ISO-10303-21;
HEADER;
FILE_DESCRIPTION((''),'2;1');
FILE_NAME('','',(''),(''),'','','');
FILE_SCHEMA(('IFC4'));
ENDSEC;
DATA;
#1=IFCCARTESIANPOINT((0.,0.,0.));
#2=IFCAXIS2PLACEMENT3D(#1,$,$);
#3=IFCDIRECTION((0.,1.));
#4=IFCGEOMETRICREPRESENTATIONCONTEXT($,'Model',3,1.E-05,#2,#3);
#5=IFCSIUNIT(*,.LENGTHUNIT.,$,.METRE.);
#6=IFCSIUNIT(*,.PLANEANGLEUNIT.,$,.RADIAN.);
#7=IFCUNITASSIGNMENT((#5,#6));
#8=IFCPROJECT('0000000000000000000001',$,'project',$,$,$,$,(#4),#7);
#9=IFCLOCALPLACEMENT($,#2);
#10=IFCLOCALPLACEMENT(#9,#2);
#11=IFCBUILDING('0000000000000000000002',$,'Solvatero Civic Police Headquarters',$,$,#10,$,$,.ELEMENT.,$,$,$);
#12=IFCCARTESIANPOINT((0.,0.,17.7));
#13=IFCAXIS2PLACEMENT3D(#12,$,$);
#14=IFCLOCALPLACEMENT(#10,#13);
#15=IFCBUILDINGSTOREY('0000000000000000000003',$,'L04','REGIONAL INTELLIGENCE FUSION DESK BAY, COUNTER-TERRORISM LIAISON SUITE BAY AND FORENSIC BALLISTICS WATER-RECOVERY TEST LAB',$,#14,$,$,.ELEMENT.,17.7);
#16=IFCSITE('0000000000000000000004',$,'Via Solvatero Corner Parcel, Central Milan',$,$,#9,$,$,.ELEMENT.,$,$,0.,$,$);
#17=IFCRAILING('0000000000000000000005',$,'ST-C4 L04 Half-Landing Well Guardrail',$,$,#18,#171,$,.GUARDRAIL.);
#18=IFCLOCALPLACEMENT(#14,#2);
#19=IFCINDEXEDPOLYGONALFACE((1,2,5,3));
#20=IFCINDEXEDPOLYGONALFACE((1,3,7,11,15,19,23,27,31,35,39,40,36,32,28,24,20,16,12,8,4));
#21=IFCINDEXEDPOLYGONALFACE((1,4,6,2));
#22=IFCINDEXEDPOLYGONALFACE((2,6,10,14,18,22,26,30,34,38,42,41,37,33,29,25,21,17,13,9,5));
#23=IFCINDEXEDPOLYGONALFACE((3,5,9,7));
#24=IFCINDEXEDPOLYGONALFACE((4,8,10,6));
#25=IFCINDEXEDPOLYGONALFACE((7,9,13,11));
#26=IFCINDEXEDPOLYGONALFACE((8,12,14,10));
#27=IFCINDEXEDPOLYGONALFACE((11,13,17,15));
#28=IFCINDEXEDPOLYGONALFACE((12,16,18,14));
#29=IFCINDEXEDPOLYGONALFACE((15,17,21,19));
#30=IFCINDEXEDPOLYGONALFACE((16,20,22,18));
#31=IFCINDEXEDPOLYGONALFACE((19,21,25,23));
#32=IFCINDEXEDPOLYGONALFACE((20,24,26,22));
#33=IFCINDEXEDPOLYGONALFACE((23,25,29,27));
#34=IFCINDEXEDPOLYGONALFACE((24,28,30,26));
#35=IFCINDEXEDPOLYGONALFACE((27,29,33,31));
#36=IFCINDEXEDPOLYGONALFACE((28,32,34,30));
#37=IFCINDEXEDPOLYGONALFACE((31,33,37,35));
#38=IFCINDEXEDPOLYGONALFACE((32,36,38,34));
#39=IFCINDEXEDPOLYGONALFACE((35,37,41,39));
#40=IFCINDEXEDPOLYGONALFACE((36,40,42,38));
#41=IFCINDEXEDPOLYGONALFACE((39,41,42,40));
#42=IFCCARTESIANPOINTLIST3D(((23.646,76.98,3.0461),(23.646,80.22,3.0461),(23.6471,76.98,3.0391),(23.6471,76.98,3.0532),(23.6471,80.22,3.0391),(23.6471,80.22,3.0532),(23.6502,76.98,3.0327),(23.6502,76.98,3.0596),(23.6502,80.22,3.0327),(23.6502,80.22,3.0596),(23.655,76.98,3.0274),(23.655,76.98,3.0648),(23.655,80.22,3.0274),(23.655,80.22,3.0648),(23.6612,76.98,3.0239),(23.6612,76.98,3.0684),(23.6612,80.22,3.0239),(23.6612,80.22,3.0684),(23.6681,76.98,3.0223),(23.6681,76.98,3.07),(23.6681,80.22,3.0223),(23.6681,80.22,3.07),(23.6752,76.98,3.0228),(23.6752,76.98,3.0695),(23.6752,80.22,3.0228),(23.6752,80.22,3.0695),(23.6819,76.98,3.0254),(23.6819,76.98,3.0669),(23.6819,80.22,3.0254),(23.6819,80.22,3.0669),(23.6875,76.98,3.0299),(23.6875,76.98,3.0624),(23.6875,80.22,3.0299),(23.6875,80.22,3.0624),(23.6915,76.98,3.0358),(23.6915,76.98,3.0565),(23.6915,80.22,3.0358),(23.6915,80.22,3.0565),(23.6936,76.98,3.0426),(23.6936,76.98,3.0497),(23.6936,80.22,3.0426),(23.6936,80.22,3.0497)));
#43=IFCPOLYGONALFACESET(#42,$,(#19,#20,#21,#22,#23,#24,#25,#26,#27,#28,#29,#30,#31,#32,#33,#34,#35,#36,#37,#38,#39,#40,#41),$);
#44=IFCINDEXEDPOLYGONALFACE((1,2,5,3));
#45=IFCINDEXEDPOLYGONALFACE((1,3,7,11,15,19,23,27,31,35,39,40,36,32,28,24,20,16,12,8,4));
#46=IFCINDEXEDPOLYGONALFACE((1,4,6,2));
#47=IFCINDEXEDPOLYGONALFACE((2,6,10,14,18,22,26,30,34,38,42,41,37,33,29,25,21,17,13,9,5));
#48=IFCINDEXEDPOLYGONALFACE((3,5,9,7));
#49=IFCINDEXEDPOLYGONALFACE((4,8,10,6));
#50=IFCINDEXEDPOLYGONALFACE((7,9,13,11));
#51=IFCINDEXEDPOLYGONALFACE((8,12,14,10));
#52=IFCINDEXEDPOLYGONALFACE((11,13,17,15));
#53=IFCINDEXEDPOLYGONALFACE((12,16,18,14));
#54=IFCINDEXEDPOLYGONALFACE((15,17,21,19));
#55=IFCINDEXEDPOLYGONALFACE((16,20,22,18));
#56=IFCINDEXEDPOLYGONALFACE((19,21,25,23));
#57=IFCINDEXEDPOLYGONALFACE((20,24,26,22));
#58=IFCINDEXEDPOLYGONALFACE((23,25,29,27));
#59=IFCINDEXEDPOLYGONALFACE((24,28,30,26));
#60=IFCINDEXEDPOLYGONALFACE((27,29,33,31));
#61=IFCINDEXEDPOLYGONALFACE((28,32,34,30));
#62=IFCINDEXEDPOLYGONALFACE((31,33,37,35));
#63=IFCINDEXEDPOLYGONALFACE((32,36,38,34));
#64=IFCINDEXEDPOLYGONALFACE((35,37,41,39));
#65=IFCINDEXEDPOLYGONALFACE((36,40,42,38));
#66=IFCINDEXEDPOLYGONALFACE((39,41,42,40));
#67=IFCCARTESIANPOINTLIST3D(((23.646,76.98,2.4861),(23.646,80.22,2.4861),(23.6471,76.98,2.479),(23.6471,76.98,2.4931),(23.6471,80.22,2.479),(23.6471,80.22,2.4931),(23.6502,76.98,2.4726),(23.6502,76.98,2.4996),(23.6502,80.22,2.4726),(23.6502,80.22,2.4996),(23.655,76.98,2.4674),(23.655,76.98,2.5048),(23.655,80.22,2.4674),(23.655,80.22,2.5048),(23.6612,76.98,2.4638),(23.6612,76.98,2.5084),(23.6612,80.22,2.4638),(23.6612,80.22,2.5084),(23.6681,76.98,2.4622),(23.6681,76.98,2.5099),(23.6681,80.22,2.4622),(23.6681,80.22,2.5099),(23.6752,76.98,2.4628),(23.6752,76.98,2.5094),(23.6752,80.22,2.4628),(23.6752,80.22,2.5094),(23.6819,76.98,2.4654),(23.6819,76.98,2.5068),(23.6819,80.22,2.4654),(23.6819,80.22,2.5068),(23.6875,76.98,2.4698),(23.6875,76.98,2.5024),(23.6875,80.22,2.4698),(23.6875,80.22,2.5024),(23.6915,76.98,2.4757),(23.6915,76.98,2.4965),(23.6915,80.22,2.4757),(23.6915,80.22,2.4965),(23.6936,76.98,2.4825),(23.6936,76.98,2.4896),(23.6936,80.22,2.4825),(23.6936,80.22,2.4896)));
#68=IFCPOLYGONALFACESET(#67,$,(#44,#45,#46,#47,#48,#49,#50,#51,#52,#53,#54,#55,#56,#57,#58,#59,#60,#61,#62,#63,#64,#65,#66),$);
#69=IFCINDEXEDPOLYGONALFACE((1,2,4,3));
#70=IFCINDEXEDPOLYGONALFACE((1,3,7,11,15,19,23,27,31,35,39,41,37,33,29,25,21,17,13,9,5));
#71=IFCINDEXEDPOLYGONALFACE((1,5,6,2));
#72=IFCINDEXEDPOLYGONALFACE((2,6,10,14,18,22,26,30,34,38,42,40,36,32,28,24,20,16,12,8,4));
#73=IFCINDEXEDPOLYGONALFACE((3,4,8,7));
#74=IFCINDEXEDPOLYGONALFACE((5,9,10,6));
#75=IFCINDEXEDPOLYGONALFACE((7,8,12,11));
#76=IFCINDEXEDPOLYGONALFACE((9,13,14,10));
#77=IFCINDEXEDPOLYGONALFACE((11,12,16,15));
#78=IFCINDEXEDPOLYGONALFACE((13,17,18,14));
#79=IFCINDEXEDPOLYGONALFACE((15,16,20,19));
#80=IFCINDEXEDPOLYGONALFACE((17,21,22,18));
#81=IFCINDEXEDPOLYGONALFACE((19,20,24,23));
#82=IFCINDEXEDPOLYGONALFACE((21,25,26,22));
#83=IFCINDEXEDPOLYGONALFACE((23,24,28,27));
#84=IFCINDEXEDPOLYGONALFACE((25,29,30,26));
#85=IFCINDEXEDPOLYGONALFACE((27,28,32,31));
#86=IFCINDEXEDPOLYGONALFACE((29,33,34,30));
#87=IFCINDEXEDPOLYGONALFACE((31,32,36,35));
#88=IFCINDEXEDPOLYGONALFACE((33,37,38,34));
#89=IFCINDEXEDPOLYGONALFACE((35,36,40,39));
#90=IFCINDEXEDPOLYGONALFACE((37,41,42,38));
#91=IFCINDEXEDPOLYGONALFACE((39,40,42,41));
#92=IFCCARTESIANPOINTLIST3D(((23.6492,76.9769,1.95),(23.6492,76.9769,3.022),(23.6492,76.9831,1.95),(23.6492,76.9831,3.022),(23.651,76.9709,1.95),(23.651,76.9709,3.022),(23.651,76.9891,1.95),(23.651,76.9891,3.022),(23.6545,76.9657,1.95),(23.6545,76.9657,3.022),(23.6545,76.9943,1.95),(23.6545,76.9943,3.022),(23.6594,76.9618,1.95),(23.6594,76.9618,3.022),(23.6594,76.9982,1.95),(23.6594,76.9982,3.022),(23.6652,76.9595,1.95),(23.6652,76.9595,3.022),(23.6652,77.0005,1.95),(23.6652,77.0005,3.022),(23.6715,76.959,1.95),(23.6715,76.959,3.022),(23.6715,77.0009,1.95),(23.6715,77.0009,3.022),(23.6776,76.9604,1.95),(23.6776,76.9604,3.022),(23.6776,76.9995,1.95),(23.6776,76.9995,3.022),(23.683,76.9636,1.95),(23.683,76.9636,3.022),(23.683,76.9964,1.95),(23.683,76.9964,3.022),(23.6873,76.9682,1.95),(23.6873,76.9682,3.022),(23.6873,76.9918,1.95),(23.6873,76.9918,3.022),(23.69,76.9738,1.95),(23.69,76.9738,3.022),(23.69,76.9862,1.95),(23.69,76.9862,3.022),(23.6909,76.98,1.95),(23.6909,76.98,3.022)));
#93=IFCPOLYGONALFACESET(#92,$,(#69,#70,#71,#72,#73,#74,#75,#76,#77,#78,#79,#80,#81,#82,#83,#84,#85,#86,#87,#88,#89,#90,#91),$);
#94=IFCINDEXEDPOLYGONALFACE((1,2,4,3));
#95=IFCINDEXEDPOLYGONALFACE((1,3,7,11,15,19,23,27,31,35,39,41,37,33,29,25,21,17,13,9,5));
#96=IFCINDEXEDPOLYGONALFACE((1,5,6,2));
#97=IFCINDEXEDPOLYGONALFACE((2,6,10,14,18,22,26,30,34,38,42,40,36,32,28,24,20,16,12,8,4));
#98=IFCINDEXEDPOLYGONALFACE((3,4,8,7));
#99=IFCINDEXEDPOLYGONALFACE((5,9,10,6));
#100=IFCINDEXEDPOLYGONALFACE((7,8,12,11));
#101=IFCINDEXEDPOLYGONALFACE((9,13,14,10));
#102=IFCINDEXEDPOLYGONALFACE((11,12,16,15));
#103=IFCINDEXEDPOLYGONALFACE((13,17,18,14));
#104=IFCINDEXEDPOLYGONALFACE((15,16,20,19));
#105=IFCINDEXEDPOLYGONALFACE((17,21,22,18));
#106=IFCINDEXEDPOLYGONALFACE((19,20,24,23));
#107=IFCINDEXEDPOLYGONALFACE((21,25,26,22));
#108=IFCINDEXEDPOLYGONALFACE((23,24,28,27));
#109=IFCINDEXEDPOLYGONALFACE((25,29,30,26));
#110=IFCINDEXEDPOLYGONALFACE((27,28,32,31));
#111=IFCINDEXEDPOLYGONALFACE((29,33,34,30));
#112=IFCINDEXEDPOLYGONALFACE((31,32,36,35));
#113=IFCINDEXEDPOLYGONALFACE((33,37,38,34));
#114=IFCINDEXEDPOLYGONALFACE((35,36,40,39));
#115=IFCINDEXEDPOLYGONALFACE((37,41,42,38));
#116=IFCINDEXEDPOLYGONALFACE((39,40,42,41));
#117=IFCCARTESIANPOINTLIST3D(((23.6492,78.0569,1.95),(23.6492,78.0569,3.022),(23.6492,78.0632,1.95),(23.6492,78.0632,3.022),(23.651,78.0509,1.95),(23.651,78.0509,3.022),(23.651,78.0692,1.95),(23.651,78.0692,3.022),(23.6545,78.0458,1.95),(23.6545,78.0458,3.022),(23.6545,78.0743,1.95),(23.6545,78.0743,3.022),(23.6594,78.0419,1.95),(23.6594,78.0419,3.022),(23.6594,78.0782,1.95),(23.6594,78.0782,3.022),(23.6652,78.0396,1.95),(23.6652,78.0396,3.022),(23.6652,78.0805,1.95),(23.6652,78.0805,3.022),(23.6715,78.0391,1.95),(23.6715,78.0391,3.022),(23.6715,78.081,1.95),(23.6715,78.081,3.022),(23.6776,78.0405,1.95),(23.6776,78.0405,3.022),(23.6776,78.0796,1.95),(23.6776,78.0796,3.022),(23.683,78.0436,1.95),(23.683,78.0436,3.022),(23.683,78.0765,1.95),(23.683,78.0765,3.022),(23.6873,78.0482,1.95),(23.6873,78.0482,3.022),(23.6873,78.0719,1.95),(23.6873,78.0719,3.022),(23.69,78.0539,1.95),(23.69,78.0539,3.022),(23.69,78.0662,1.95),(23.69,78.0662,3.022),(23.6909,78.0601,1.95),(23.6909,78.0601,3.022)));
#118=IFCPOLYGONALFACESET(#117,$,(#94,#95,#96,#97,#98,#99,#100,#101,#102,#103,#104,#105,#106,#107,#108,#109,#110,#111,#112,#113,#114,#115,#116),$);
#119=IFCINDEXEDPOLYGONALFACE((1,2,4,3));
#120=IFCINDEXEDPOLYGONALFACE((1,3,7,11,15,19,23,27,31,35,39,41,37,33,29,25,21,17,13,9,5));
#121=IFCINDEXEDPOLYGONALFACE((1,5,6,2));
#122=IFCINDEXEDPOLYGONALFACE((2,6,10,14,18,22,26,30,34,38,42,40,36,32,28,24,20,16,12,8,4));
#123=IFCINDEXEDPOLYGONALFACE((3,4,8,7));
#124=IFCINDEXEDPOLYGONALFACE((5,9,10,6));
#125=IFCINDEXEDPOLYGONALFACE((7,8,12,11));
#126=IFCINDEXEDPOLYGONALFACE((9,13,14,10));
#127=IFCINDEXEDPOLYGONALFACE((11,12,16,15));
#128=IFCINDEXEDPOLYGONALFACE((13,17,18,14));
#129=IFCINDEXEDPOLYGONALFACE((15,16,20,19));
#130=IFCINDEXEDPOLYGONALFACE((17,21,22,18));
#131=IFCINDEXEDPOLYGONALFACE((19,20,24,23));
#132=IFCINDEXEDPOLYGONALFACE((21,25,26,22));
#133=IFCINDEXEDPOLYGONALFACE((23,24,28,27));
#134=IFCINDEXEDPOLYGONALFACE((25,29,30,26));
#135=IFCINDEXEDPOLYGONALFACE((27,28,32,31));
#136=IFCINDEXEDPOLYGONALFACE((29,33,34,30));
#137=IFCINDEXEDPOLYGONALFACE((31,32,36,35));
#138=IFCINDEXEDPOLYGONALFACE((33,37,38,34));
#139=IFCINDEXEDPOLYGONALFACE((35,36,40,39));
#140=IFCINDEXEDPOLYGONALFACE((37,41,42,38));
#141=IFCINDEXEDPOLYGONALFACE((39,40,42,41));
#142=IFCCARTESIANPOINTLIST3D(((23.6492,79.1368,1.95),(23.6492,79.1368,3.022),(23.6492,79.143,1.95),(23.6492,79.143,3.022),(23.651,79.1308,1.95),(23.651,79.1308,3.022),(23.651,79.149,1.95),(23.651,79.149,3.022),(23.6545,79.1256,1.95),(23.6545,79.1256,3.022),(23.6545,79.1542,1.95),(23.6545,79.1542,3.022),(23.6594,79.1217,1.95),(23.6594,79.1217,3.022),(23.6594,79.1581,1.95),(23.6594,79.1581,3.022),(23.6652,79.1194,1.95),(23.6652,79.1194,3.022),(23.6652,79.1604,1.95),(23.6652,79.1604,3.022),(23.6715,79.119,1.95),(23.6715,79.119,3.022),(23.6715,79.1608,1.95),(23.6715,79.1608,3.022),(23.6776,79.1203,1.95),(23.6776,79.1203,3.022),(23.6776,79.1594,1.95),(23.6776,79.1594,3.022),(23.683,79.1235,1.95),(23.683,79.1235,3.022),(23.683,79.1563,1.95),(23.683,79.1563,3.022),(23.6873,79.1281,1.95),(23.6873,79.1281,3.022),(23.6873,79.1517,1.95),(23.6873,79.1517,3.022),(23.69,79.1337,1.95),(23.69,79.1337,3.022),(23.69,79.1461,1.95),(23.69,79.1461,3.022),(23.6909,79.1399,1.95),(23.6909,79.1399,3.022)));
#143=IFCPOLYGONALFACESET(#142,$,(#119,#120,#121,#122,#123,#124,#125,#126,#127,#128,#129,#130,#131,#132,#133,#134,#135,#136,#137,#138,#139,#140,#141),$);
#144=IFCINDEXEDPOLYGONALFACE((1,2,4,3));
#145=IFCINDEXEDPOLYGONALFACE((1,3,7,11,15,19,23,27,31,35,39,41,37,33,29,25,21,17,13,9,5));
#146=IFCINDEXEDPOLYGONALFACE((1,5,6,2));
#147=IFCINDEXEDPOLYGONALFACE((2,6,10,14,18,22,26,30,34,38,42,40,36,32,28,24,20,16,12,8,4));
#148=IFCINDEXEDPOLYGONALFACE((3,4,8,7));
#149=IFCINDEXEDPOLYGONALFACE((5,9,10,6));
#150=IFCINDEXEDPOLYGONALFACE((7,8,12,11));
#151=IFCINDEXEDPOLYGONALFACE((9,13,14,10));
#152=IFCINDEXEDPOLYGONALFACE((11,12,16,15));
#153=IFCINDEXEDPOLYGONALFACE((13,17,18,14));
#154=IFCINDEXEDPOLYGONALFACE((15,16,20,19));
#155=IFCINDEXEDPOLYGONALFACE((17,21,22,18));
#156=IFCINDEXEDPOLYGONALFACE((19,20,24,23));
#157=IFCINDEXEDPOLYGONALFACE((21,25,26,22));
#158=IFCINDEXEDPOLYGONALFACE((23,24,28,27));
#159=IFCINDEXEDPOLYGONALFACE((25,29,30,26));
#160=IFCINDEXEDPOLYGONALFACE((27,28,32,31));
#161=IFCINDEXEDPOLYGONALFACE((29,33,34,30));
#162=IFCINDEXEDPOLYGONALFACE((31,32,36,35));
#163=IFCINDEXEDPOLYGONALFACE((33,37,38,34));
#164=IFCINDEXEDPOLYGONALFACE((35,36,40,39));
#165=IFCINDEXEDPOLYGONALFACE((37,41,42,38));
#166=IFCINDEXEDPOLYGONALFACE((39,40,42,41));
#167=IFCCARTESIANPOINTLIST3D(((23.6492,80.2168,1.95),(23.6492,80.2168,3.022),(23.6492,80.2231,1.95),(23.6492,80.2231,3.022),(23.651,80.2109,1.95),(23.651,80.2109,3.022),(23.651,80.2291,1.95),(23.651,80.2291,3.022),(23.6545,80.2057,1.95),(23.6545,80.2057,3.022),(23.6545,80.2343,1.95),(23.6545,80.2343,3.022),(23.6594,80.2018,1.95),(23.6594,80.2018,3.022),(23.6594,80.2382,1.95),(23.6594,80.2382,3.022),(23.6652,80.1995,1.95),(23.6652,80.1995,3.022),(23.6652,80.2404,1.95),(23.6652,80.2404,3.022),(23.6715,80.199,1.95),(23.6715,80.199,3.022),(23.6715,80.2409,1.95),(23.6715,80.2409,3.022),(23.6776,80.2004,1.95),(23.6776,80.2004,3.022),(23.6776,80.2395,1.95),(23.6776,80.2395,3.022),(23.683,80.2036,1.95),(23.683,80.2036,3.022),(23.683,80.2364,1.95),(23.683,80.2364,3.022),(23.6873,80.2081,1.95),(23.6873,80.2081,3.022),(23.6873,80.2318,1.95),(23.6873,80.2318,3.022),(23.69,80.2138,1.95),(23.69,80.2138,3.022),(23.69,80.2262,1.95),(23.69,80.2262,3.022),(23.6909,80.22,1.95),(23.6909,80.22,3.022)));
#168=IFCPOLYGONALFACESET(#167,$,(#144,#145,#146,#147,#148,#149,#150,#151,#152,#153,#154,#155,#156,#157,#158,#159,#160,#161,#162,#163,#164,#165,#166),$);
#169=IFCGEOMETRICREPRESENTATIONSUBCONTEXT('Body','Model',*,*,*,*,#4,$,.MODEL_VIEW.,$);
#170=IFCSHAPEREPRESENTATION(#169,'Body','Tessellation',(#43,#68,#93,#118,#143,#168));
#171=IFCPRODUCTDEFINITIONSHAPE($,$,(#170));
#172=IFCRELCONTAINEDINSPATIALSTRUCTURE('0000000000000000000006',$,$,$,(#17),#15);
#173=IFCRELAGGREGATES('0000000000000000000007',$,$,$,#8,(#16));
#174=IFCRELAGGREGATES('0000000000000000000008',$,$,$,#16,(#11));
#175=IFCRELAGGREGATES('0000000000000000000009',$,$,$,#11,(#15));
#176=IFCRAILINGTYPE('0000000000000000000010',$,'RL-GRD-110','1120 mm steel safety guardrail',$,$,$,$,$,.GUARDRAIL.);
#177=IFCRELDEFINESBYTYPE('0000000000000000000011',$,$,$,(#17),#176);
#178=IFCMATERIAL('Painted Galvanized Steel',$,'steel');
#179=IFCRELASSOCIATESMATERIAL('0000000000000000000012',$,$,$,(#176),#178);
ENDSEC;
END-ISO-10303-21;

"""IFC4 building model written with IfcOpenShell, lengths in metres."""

from ifc_helpers import new_model, si_unit, direction, frame, origin, origin_2d, place, context, subcontext, project, spatial, circle, extrude, material, type_object, element, save


model = new_model("IFC4")

# Units and contexts
model_context = context("Model", 3, precision=1e-05, world=origin(), true_north=direction((0.0, 1.0)))
body_context = subcontext(model_context, "Body", "Model", "MODEL_VIEW")
ifc_project = project(units=[si_unit("LENGTHUNIT", "METRE"), si_unit("PLANEANGLEUNIT", "RADIAN")], contexts=[model_context])

# Site, building, storey
site_placement = place(None, origin())
site = spatial("IfcSite", under=ifc_project, at=site_placement, Name="Via Solvatero Corner Parcel, Central Milan", CompositionType="ELEMENT", RefElevation=0.0)
building_placement = place(site_placement, origin())
building = spatial("IfcBuilding", under=site, at=building_placement, Name="Solvatero Civic Police Headquarters", CompositionType="ELEMENT")
storey_placement = place(building_placement, frame((0.0, 0.0, 17.7)))
storey = spatial("IfcBuildingStorey", under=building, at=storey_placement, Name="L04", Description="REGIONAL INTELLIGENCE FUSION DESK BAY, COUNTER-TERRORISM LIAISON SUITE BAY AND FORENSIC BALLISTICS WATER-RECOVERY TEST LAB", CompositionType="ELEMENT", Elevation=17.7)

# Railing
ifc_material_1 = material(Name="Painted Galvanized Steel", Category="steel")
railing_type_1 = type_object("IfcRailingType", Name="RL-GRD-110", Description="1120 mm steel safety guardrail", PredefinedType="GUARDRAIL", material=ifc_material_1)
railing_1_placement = place(storey_placement, frame((23.6699, 76.98, 1.95)))
element("IfcRailing", 1, at=railing_1_placement, inside=storey, type_object=railing_type_1, Name="ST-C4 L04 Half-Landing Well Guardrail", PredefinedType="GUARDRAIL", context=body_context, shape_type="SweptSolid", body=[
    extrude(circle(Radius=0.0239, at=origin_2d()), frame((0.0, 0.0, 1.0962), z_axis=(0.0, 1.0, 0.0), x_axis=(-1.0, 0.0, 0.0)), (0.0, 0.0, 1.0), 3.24),
    extrude(circle(Radius=0.0239, at=origin_2d()), frame((0.0, 0.0, 0.5361), z_axis=(0.0, 1.0, 0.0), x_axis=(-1.0, 0.0, 0.0)), (0.0, 0.0, 1.0), 3.24),
    extrude(circle(Radius=0.021, at=origin_2d()), origin(), (0.0, 0.0, 1.0), 1.072),
    extrude(circle(Radius=0.021, at=origin_2d()), frame((0.0, 1.0801, 0.0)), (0.0, 0.0, 1.0), 1.072),
    extrude(circle(Radius=0.021, at=origin_2d()), frame((0.0, 2.1599, 0.0)), (0.0, 0.0, 1.0), 1.072),
    extrude(circle(Radius=0.021, at=origin_2d()), frame((0.0, 3.24, 0.0)), (0.0, 0.0, 1.0), 1.072),
])

save(model, "model.ifc")
